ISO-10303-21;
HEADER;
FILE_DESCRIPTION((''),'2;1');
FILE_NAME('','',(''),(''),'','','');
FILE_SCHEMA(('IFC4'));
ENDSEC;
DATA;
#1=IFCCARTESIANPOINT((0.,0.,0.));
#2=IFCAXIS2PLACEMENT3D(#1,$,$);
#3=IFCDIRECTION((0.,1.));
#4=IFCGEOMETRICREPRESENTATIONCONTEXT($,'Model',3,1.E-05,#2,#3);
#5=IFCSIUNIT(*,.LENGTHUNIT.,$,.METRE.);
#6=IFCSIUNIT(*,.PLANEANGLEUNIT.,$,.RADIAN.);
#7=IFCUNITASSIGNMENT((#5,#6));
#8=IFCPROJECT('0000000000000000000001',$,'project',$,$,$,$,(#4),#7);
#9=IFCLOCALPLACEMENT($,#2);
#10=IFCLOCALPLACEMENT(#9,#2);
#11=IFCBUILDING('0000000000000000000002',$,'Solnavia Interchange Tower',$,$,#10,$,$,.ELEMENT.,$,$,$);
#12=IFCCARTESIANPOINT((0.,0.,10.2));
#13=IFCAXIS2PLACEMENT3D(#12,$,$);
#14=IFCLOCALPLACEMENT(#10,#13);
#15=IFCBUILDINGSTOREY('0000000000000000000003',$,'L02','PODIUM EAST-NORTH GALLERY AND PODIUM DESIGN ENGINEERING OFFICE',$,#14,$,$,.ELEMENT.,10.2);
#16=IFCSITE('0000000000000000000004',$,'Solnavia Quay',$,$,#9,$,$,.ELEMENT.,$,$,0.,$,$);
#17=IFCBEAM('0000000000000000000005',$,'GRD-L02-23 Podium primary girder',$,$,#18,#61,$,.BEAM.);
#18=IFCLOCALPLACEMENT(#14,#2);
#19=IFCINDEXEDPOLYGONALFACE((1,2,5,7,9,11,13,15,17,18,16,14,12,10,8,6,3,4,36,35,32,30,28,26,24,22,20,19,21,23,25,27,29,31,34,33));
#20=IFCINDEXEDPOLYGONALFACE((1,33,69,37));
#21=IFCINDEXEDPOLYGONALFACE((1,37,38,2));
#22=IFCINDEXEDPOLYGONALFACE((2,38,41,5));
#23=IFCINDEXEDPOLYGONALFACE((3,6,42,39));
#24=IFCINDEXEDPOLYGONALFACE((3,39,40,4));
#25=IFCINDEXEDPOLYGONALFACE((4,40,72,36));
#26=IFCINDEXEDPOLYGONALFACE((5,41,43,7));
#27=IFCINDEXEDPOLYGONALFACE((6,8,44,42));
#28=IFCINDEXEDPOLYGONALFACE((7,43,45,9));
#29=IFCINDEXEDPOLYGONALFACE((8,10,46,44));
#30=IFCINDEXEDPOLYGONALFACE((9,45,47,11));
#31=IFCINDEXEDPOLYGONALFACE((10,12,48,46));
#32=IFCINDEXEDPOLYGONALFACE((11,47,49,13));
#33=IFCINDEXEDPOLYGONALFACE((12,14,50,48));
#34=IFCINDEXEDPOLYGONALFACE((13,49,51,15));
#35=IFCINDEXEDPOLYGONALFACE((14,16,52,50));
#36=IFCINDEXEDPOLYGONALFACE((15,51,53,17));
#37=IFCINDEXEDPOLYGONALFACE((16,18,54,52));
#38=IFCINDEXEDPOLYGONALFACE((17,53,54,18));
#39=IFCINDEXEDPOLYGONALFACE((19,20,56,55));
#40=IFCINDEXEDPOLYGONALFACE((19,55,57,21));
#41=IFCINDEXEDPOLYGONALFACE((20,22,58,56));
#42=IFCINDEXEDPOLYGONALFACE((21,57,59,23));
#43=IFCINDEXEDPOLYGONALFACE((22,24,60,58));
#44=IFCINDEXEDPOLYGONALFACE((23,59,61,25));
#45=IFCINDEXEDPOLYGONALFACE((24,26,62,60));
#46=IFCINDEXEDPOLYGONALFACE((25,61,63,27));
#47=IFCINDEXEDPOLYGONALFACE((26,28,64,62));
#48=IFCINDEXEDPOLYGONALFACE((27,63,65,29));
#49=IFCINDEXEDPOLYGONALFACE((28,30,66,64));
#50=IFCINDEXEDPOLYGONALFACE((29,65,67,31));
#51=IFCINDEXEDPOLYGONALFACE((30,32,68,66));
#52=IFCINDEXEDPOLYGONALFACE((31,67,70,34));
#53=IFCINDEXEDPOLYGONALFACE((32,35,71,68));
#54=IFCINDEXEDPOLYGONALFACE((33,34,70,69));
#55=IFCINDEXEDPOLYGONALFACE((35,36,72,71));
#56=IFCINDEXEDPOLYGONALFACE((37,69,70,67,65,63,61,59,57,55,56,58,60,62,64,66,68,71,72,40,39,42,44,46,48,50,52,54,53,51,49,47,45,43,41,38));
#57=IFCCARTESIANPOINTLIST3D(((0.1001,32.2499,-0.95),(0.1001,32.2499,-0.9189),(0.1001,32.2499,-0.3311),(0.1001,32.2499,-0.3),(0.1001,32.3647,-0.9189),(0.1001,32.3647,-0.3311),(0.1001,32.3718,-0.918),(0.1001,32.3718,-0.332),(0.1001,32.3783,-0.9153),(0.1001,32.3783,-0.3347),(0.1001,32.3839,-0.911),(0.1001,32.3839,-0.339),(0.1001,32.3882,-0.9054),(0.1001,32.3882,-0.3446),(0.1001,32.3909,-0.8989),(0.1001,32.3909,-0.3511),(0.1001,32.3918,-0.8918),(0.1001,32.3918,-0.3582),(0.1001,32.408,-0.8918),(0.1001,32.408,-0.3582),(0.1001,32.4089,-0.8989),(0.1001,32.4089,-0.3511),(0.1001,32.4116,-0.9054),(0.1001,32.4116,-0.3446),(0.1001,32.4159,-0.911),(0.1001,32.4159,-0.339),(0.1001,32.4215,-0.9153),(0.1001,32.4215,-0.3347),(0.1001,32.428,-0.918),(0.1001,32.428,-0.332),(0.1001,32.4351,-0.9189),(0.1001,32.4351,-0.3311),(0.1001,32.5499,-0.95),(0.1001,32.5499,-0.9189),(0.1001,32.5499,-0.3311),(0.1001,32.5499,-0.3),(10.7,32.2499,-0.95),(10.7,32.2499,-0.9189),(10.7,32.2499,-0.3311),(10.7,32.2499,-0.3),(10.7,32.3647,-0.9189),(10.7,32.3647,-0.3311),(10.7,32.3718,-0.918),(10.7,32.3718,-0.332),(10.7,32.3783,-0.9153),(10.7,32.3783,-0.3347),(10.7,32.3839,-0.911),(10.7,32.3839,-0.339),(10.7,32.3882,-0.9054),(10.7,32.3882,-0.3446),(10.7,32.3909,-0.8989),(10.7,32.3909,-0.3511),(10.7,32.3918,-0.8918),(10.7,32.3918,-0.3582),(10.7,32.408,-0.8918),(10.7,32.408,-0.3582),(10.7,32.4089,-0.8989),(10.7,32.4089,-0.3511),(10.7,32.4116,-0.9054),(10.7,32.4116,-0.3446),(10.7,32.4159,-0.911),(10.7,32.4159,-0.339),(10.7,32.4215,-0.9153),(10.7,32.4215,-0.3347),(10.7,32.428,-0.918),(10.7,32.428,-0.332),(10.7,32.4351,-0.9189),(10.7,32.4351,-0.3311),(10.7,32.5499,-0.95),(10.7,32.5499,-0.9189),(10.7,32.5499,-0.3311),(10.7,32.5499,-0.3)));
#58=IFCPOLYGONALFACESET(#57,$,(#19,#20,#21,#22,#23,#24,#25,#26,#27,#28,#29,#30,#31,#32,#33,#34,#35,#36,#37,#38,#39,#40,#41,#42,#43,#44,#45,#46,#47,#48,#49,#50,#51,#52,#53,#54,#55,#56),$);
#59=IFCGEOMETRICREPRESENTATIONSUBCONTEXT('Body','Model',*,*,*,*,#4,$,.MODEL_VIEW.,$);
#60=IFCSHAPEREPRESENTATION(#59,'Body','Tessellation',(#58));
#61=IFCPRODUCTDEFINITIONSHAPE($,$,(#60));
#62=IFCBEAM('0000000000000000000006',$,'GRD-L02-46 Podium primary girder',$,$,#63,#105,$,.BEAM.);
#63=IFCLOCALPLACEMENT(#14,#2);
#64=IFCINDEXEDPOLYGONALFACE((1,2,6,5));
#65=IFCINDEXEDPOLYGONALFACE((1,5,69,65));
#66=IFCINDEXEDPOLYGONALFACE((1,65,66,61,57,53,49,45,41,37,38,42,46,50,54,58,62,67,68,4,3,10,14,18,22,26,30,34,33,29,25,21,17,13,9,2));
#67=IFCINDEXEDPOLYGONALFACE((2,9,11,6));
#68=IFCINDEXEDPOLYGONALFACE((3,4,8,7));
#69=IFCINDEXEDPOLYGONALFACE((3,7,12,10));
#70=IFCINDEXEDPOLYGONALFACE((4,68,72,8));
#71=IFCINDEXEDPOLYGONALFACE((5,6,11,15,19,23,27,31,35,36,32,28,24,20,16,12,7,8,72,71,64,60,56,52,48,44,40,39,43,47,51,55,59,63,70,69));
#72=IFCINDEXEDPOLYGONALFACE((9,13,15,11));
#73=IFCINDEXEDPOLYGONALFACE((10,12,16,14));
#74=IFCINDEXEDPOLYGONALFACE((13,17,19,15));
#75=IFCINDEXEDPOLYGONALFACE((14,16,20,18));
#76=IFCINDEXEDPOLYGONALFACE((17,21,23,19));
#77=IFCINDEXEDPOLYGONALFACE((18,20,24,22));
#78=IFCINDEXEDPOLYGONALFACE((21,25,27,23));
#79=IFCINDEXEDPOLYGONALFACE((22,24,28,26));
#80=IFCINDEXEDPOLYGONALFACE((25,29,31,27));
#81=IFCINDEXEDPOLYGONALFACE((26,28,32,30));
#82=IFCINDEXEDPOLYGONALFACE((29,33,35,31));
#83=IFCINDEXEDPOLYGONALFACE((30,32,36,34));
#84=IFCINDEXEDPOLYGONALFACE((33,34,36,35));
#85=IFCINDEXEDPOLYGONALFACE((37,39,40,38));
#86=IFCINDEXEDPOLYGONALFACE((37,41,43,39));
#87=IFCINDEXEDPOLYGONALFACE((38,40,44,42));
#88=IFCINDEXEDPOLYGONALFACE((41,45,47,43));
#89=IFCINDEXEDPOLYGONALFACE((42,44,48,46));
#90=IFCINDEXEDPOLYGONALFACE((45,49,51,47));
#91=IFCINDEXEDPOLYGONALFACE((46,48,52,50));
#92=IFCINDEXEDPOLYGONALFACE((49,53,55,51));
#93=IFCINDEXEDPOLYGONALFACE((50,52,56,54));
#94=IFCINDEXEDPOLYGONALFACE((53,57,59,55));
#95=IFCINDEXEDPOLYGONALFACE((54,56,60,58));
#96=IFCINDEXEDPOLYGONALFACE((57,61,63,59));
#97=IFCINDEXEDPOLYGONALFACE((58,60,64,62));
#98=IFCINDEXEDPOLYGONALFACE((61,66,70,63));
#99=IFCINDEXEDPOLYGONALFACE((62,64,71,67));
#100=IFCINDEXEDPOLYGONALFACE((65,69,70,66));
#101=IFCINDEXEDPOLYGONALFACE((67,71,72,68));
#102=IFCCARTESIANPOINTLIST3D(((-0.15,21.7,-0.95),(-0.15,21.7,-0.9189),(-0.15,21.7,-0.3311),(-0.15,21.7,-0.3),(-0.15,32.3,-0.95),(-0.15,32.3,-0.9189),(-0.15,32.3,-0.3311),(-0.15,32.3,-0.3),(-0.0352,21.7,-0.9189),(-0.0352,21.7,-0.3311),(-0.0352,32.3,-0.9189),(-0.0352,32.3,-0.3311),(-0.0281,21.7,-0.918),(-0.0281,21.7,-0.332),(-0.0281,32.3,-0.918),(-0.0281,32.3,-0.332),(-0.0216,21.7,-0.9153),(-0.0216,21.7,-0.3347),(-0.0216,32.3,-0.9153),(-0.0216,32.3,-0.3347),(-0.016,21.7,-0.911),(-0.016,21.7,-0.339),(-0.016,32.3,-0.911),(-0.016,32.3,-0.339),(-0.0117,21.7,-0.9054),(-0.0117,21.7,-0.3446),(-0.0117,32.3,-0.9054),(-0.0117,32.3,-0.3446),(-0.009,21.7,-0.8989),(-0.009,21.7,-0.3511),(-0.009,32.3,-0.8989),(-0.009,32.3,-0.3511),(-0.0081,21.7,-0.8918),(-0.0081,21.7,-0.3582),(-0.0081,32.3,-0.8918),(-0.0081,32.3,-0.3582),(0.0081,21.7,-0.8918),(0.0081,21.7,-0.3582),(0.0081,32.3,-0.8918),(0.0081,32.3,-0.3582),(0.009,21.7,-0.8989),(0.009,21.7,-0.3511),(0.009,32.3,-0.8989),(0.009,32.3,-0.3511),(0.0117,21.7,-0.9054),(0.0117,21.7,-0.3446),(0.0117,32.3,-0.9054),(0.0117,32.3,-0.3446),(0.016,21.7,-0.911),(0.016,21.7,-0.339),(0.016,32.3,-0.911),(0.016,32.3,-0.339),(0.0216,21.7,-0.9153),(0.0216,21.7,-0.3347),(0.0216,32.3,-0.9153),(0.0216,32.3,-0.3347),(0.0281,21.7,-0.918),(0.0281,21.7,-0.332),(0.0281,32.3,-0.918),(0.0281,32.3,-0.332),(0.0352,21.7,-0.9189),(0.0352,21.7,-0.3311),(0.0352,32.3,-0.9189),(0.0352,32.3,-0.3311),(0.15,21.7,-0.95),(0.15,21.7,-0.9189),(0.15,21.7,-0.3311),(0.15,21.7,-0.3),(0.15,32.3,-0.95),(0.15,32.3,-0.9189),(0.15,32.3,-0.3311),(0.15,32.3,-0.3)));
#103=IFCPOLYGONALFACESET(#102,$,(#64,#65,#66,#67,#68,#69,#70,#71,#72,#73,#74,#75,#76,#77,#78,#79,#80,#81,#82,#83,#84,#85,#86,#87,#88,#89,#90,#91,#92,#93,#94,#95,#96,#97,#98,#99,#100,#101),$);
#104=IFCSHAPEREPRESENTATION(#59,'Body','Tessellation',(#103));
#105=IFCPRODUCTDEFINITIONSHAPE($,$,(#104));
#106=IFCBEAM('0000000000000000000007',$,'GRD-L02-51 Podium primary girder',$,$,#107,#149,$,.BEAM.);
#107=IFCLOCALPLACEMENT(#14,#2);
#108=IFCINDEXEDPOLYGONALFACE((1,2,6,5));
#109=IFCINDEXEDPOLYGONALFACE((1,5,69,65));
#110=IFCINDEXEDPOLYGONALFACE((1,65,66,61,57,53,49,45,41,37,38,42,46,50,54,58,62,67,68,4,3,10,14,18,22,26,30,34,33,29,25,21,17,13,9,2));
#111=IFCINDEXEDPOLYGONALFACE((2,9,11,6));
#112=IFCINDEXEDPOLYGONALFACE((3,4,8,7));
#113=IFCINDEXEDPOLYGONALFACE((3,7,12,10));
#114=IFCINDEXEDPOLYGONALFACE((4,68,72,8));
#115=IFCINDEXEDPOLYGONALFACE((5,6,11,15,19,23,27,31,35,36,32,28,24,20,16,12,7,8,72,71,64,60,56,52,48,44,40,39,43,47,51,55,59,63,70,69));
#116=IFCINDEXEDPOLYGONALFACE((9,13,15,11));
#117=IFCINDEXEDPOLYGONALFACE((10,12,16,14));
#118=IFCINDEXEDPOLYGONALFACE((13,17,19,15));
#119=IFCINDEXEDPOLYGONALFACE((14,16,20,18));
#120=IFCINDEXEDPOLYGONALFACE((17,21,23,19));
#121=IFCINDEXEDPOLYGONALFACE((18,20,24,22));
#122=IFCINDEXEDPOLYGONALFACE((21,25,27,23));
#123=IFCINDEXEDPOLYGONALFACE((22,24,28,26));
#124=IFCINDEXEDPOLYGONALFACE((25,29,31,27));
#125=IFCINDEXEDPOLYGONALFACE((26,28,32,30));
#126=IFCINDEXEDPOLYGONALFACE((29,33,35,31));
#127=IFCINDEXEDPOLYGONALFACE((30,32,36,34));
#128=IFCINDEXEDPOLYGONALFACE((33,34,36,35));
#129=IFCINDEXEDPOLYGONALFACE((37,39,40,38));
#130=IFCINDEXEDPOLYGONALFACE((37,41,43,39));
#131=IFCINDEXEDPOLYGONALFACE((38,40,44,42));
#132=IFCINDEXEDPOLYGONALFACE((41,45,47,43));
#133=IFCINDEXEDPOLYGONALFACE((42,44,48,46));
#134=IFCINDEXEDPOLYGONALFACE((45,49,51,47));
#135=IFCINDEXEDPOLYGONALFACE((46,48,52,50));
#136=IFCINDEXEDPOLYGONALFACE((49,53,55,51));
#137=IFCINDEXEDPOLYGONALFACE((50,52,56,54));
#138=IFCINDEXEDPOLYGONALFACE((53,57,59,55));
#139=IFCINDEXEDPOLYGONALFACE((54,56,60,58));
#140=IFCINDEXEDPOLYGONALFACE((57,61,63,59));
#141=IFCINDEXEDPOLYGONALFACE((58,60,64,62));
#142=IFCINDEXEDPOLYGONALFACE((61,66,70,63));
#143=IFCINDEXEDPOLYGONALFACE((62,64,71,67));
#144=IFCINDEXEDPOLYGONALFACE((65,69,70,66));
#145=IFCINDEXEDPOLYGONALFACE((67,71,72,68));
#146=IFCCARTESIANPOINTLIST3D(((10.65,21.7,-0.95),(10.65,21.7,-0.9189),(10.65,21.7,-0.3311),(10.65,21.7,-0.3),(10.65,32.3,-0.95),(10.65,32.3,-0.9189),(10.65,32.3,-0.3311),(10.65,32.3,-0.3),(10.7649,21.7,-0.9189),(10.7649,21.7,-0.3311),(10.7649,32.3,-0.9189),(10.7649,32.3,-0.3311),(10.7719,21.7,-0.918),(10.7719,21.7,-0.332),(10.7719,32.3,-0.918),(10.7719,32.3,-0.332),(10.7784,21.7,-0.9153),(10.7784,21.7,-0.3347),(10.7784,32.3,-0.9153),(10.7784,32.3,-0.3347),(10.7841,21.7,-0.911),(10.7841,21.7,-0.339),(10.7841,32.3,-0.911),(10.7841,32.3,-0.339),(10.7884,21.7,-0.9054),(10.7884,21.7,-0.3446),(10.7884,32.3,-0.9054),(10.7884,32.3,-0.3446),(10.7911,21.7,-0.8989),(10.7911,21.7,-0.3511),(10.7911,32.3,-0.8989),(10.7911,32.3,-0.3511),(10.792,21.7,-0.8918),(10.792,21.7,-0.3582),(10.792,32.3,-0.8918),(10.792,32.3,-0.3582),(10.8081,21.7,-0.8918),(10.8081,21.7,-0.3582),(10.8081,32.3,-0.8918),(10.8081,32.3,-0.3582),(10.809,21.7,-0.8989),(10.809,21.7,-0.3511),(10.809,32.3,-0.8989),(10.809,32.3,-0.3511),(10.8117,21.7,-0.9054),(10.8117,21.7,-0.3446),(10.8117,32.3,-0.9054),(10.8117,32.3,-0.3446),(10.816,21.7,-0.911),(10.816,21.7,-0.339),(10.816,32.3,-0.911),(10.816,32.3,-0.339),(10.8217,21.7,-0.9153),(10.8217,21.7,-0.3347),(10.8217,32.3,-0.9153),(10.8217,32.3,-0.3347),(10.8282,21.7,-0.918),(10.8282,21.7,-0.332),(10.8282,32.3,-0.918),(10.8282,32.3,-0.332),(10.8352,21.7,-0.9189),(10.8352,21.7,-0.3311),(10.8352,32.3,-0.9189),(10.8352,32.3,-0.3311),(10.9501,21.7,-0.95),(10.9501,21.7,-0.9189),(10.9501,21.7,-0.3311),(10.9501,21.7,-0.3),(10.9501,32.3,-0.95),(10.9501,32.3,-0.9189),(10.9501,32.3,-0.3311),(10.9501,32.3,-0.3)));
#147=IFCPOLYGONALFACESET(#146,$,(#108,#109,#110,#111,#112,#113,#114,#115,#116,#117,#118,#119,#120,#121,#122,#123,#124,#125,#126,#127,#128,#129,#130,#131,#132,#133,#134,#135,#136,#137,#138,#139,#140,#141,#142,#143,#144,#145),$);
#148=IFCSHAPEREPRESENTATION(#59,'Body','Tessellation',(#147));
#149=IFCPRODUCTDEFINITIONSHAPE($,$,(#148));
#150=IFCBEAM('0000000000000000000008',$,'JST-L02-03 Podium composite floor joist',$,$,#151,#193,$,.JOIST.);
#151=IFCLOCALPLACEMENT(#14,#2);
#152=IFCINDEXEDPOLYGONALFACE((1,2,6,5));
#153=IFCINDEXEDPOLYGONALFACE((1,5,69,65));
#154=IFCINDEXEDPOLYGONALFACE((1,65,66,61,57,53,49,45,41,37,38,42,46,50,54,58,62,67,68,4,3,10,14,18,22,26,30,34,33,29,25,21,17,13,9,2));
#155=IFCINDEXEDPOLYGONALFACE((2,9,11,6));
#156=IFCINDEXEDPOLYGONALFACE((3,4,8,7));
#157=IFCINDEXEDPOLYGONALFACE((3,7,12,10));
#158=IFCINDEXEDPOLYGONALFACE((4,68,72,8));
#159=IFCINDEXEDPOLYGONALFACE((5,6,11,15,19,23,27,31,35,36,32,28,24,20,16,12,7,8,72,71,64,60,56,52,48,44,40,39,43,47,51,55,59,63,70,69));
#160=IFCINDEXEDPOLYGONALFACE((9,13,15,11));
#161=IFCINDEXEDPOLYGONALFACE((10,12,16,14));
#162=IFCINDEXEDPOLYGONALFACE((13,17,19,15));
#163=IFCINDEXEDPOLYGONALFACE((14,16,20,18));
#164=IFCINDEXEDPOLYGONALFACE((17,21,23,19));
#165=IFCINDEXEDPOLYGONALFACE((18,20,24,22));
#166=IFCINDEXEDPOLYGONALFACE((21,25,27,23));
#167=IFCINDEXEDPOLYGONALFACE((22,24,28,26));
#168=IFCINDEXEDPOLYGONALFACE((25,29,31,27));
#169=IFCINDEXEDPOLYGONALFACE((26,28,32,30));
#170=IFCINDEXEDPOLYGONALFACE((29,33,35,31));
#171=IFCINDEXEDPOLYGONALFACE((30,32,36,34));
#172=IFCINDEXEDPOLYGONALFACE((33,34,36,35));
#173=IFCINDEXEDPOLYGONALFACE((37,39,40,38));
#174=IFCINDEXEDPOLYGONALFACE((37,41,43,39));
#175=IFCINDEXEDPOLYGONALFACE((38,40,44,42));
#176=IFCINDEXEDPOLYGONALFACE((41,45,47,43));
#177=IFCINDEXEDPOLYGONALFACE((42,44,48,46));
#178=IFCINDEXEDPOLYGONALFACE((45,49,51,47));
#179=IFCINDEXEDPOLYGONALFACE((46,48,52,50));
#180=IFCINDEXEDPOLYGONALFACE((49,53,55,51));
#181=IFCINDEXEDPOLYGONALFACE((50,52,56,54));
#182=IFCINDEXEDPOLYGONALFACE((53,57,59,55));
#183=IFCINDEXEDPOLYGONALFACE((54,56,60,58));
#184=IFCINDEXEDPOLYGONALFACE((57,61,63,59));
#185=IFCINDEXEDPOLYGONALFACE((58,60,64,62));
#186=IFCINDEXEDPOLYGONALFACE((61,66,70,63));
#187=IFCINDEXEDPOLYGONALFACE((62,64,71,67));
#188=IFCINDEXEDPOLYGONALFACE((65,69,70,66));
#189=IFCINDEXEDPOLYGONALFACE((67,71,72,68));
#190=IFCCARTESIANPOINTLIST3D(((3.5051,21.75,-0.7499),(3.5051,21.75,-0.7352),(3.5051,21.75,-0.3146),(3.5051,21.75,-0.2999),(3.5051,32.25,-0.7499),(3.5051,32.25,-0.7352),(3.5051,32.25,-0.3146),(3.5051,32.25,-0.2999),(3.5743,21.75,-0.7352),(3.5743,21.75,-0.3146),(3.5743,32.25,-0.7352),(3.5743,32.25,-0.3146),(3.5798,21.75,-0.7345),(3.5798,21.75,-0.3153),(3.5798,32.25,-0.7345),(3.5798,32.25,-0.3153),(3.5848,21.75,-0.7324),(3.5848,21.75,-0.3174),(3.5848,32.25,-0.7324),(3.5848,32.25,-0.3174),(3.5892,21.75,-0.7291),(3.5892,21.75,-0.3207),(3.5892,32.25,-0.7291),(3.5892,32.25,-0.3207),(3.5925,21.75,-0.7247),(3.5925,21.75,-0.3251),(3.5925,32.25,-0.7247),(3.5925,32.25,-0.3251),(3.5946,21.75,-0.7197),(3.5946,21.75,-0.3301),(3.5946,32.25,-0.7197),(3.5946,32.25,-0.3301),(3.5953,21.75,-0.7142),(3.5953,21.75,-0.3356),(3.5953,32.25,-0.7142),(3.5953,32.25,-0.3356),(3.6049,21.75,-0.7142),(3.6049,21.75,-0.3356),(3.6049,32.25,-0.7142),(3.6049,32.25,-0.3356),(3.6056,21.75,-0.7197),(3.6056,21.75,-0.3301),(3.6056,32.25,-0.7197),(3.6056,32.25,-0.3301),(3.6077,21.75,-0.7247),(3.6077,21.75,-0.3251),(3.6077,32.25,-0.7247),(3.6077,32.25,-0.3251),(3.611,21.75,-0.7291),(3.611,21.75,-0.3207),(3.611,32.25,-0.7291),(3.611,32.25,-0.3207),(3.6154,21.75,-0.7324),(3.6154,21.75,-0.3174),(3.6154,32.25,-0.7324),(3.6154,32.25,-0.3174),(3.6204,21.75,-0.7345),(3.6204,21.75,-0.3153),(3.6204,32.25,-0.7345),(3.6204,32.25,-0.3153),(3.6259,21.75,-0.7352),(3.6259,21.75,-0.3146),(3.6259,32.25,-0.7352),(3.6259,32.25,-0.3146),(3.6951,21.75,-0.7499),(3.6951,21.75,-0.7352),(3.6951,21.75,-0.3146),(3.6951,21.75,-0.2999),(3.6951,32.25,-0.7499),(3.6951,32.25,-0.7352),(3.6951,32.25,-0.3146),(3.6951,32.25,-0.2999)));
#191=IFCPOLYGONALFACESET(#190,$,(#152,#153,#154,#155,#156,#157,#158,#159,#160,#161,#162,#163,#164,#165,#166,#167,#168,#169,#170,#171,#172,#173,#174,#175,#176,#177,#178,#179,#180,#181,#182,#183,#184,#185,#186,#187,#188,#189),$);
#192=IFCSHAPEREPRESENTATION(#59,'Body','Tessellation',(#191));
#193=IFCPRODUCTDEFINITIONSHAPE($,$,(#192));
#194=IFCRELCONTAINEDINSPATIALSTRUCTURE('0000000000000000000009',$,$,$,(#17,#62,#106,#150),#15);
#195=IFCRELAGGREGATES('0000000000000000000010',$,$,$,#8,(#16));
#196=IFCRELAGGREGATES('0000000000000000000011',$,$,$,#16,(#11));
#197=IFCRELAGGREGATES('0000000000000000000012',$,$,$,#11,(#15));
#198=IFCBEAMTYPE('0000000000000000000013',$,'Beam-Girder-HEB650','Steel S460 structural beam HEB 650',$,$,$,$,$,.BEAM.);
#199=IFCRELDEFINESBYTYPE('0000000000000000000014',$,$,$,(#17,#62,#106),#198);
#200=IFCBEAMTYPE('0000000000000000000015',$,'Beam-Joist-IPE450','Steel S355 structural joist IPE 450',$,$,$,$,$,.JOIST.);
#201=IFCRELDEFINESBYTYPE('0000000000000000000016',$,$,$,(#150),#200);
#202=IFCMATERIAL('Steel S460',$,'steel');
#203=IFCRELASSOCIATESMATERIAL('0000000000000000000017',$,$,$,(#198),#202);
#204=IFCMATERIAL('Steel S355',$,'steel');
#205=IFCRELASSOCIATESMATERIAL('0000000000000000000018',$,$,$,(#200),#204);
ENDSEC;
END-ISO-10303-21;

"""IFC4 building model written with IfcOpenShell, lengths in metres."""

from ifc_helpers import new_model, si_unit, direction, frame, origin, origin_2d, place, context, subcontext, project, spatial, i_section, extrude, material, material_profile, profile_set, type_object, element, save


model = new_model("IFC4")

# Units and contexts
model_context = context("Model", 3, precision=1e-05, world=origin(), true_north=direction((0.0, 1.0)))
body_context = subcontext(model_context, "Body", "Model", "MODEL_VIEW")
ifc_project = project(units=[si_unit("LENGTHUNIT", "METRE"), si_unit("PLANEANGLEUNIT", "RADIAN")], contexts=[model_context])

# Site, building, storey
site_placement = place(None, origin())
site = spatial("IfcSite", under=ifc_project, at=site_placement, Name="Solnavia Quay", CompositionType="ELEMENT", RefElevation=0.0)
building_placement = place(site_placement, origin())
building = spatial("IfcBuilding", under=site, at=building_placement, Name="Solnavia Interchange Tower", CompositionType="ELEMENT")
storey_placement = place(building_placement, frame((0.0, 0.0, 10.2)))
storey = spatial("IfcBuildingStorey", under=building, at=storey_placement, Name="L02", Description="PODIUM EAST-NORTH GALLERY AND PODIUM DESIGN ENGINEERING OFFICE", CompositionType="ELEMENT", Elevation=10.2)

# Beams
ifc_material_1 = material(Name="Steel S460", Category="steel")
ifc_material_profile_1 = material_profile(ifc_material_1, i_section(OverallWidth=0.3, OverallDepth=0.6499, WebThickness=0.0161, FlangeThickness=0.031, FilletRadius=0.0271, at=origin_2d()), Name="HEB 650")
ifc_profile_set_1 = profile_set([ifc_material_profile_1], Name="Steel S460")
beam_type_1 = type_object("IfcBeamType", Name="Beam-Girder-HEB650", Description="Steel S460 structural beam HEB 650", PredefinedType="BEAM", material=ifc_profile_set_1)
beam_1_placement = place(storey_placement, frame((0.1001, 32.3999, -0.625), z_axis=(1.0, 0.0, 0.0), x_axis=(0.0, 1.0, 0.0)))
element("IfcBeam", 1, at=beam_1_placement, inside=storey, type_object=beam_type_1, Name="GRD-L02-23 Podium primary girder", PredefinedType="BEAM", context=body_context, shape_type="SweptSolid", body=[
    extrude(i_section(OverallWidth=0.3, OverallDepth=0.6499, WebThickness=0.0161, FlangeThickness=0.031, FilletRadius=0.0271, at=origin_2d()), origin(), (0.0, 0.0, 1.0), 10.5999),
])
for number, where, z_axis, x_axis, name in (
    (2, (0.0, 21.7, -0.625), (0.0, 1.0, 0.0), (-1.0, 0.0, 0.0), "GRD-L02-46 Podium primary girder"),
    (3, (10.8, 21.7, -0.625), (0.0, 1.0, 0.0), (-1.0, 0.0, 0.0), "GRD-L02-51 Podium primary girder"),
):
    element("IfcBeam", number, at=place(storey_placement, frame(where, z_axis=z_axis, x_axis=x_axis)), inside=storey, type_object=beam_type_1, Name=name, PredefinedType="BEAM", context=body_context, shape_type="SweptSolid", body=[
        extrude(i_section(OverallWidth=0.3, OverallDepth=0.6499, WebThickness=0.0161, FlangeThickness=0.031, FilletRadius=0.0271, at=origin_2d()), origin(), (0.0, 0.0, 1.0), 10.6001),
    ])
ifc_material_2 = material(Name="Steel S355", Category="steel")
ifc_material_profile_2 = material_profile(ifc_material_2, i_section(OverallWidth=0.1899, OverallDepth=0.45, WebThickness=0.0095, FlangeThickness=0.0146, FilletRadius=0.021, at=origin_2d()), Name="IPE 450")
ifc_profile_set_2 = profile_set([ifc_material_profile_2], Name="Steel S355")
beam_type_2 = type_object("IfcBeamType", Name="Beam-Joist-IPE450", Description="Steel S355 structural joist IPE 450", PredefinedType="JOIST", material=ifc_profile_set_2)
for number, where, z_axis, x_axis, name in (
    (4, (3.6001, 21.75, -0.5249), (0.0, 1.0, 0.0), (-1.0, 0.0, 0.0), "JST-L02-03 Podium composite floor joist"),
):
    element("IfcBeam", number, at=place(storey_placement, frame(where, z_axis=z_axis, x_axis=x_axis)), inside=storey, type_object=beam_type_2, Name=name, PredefinedType="JOIST", context=body_context, shape_type="SweptSolid", body=[
        extrude(i_section(OverallWidth=0.1899, OverallDepth=0.45, WebThickness=0.0095, FlangeThickness=0.0146, FilletRadius=0.021, at=origin_2d()), origin(), (0.0, 0.0, 1.0), 10.5),
    ])

save(model, "model.ifc")
